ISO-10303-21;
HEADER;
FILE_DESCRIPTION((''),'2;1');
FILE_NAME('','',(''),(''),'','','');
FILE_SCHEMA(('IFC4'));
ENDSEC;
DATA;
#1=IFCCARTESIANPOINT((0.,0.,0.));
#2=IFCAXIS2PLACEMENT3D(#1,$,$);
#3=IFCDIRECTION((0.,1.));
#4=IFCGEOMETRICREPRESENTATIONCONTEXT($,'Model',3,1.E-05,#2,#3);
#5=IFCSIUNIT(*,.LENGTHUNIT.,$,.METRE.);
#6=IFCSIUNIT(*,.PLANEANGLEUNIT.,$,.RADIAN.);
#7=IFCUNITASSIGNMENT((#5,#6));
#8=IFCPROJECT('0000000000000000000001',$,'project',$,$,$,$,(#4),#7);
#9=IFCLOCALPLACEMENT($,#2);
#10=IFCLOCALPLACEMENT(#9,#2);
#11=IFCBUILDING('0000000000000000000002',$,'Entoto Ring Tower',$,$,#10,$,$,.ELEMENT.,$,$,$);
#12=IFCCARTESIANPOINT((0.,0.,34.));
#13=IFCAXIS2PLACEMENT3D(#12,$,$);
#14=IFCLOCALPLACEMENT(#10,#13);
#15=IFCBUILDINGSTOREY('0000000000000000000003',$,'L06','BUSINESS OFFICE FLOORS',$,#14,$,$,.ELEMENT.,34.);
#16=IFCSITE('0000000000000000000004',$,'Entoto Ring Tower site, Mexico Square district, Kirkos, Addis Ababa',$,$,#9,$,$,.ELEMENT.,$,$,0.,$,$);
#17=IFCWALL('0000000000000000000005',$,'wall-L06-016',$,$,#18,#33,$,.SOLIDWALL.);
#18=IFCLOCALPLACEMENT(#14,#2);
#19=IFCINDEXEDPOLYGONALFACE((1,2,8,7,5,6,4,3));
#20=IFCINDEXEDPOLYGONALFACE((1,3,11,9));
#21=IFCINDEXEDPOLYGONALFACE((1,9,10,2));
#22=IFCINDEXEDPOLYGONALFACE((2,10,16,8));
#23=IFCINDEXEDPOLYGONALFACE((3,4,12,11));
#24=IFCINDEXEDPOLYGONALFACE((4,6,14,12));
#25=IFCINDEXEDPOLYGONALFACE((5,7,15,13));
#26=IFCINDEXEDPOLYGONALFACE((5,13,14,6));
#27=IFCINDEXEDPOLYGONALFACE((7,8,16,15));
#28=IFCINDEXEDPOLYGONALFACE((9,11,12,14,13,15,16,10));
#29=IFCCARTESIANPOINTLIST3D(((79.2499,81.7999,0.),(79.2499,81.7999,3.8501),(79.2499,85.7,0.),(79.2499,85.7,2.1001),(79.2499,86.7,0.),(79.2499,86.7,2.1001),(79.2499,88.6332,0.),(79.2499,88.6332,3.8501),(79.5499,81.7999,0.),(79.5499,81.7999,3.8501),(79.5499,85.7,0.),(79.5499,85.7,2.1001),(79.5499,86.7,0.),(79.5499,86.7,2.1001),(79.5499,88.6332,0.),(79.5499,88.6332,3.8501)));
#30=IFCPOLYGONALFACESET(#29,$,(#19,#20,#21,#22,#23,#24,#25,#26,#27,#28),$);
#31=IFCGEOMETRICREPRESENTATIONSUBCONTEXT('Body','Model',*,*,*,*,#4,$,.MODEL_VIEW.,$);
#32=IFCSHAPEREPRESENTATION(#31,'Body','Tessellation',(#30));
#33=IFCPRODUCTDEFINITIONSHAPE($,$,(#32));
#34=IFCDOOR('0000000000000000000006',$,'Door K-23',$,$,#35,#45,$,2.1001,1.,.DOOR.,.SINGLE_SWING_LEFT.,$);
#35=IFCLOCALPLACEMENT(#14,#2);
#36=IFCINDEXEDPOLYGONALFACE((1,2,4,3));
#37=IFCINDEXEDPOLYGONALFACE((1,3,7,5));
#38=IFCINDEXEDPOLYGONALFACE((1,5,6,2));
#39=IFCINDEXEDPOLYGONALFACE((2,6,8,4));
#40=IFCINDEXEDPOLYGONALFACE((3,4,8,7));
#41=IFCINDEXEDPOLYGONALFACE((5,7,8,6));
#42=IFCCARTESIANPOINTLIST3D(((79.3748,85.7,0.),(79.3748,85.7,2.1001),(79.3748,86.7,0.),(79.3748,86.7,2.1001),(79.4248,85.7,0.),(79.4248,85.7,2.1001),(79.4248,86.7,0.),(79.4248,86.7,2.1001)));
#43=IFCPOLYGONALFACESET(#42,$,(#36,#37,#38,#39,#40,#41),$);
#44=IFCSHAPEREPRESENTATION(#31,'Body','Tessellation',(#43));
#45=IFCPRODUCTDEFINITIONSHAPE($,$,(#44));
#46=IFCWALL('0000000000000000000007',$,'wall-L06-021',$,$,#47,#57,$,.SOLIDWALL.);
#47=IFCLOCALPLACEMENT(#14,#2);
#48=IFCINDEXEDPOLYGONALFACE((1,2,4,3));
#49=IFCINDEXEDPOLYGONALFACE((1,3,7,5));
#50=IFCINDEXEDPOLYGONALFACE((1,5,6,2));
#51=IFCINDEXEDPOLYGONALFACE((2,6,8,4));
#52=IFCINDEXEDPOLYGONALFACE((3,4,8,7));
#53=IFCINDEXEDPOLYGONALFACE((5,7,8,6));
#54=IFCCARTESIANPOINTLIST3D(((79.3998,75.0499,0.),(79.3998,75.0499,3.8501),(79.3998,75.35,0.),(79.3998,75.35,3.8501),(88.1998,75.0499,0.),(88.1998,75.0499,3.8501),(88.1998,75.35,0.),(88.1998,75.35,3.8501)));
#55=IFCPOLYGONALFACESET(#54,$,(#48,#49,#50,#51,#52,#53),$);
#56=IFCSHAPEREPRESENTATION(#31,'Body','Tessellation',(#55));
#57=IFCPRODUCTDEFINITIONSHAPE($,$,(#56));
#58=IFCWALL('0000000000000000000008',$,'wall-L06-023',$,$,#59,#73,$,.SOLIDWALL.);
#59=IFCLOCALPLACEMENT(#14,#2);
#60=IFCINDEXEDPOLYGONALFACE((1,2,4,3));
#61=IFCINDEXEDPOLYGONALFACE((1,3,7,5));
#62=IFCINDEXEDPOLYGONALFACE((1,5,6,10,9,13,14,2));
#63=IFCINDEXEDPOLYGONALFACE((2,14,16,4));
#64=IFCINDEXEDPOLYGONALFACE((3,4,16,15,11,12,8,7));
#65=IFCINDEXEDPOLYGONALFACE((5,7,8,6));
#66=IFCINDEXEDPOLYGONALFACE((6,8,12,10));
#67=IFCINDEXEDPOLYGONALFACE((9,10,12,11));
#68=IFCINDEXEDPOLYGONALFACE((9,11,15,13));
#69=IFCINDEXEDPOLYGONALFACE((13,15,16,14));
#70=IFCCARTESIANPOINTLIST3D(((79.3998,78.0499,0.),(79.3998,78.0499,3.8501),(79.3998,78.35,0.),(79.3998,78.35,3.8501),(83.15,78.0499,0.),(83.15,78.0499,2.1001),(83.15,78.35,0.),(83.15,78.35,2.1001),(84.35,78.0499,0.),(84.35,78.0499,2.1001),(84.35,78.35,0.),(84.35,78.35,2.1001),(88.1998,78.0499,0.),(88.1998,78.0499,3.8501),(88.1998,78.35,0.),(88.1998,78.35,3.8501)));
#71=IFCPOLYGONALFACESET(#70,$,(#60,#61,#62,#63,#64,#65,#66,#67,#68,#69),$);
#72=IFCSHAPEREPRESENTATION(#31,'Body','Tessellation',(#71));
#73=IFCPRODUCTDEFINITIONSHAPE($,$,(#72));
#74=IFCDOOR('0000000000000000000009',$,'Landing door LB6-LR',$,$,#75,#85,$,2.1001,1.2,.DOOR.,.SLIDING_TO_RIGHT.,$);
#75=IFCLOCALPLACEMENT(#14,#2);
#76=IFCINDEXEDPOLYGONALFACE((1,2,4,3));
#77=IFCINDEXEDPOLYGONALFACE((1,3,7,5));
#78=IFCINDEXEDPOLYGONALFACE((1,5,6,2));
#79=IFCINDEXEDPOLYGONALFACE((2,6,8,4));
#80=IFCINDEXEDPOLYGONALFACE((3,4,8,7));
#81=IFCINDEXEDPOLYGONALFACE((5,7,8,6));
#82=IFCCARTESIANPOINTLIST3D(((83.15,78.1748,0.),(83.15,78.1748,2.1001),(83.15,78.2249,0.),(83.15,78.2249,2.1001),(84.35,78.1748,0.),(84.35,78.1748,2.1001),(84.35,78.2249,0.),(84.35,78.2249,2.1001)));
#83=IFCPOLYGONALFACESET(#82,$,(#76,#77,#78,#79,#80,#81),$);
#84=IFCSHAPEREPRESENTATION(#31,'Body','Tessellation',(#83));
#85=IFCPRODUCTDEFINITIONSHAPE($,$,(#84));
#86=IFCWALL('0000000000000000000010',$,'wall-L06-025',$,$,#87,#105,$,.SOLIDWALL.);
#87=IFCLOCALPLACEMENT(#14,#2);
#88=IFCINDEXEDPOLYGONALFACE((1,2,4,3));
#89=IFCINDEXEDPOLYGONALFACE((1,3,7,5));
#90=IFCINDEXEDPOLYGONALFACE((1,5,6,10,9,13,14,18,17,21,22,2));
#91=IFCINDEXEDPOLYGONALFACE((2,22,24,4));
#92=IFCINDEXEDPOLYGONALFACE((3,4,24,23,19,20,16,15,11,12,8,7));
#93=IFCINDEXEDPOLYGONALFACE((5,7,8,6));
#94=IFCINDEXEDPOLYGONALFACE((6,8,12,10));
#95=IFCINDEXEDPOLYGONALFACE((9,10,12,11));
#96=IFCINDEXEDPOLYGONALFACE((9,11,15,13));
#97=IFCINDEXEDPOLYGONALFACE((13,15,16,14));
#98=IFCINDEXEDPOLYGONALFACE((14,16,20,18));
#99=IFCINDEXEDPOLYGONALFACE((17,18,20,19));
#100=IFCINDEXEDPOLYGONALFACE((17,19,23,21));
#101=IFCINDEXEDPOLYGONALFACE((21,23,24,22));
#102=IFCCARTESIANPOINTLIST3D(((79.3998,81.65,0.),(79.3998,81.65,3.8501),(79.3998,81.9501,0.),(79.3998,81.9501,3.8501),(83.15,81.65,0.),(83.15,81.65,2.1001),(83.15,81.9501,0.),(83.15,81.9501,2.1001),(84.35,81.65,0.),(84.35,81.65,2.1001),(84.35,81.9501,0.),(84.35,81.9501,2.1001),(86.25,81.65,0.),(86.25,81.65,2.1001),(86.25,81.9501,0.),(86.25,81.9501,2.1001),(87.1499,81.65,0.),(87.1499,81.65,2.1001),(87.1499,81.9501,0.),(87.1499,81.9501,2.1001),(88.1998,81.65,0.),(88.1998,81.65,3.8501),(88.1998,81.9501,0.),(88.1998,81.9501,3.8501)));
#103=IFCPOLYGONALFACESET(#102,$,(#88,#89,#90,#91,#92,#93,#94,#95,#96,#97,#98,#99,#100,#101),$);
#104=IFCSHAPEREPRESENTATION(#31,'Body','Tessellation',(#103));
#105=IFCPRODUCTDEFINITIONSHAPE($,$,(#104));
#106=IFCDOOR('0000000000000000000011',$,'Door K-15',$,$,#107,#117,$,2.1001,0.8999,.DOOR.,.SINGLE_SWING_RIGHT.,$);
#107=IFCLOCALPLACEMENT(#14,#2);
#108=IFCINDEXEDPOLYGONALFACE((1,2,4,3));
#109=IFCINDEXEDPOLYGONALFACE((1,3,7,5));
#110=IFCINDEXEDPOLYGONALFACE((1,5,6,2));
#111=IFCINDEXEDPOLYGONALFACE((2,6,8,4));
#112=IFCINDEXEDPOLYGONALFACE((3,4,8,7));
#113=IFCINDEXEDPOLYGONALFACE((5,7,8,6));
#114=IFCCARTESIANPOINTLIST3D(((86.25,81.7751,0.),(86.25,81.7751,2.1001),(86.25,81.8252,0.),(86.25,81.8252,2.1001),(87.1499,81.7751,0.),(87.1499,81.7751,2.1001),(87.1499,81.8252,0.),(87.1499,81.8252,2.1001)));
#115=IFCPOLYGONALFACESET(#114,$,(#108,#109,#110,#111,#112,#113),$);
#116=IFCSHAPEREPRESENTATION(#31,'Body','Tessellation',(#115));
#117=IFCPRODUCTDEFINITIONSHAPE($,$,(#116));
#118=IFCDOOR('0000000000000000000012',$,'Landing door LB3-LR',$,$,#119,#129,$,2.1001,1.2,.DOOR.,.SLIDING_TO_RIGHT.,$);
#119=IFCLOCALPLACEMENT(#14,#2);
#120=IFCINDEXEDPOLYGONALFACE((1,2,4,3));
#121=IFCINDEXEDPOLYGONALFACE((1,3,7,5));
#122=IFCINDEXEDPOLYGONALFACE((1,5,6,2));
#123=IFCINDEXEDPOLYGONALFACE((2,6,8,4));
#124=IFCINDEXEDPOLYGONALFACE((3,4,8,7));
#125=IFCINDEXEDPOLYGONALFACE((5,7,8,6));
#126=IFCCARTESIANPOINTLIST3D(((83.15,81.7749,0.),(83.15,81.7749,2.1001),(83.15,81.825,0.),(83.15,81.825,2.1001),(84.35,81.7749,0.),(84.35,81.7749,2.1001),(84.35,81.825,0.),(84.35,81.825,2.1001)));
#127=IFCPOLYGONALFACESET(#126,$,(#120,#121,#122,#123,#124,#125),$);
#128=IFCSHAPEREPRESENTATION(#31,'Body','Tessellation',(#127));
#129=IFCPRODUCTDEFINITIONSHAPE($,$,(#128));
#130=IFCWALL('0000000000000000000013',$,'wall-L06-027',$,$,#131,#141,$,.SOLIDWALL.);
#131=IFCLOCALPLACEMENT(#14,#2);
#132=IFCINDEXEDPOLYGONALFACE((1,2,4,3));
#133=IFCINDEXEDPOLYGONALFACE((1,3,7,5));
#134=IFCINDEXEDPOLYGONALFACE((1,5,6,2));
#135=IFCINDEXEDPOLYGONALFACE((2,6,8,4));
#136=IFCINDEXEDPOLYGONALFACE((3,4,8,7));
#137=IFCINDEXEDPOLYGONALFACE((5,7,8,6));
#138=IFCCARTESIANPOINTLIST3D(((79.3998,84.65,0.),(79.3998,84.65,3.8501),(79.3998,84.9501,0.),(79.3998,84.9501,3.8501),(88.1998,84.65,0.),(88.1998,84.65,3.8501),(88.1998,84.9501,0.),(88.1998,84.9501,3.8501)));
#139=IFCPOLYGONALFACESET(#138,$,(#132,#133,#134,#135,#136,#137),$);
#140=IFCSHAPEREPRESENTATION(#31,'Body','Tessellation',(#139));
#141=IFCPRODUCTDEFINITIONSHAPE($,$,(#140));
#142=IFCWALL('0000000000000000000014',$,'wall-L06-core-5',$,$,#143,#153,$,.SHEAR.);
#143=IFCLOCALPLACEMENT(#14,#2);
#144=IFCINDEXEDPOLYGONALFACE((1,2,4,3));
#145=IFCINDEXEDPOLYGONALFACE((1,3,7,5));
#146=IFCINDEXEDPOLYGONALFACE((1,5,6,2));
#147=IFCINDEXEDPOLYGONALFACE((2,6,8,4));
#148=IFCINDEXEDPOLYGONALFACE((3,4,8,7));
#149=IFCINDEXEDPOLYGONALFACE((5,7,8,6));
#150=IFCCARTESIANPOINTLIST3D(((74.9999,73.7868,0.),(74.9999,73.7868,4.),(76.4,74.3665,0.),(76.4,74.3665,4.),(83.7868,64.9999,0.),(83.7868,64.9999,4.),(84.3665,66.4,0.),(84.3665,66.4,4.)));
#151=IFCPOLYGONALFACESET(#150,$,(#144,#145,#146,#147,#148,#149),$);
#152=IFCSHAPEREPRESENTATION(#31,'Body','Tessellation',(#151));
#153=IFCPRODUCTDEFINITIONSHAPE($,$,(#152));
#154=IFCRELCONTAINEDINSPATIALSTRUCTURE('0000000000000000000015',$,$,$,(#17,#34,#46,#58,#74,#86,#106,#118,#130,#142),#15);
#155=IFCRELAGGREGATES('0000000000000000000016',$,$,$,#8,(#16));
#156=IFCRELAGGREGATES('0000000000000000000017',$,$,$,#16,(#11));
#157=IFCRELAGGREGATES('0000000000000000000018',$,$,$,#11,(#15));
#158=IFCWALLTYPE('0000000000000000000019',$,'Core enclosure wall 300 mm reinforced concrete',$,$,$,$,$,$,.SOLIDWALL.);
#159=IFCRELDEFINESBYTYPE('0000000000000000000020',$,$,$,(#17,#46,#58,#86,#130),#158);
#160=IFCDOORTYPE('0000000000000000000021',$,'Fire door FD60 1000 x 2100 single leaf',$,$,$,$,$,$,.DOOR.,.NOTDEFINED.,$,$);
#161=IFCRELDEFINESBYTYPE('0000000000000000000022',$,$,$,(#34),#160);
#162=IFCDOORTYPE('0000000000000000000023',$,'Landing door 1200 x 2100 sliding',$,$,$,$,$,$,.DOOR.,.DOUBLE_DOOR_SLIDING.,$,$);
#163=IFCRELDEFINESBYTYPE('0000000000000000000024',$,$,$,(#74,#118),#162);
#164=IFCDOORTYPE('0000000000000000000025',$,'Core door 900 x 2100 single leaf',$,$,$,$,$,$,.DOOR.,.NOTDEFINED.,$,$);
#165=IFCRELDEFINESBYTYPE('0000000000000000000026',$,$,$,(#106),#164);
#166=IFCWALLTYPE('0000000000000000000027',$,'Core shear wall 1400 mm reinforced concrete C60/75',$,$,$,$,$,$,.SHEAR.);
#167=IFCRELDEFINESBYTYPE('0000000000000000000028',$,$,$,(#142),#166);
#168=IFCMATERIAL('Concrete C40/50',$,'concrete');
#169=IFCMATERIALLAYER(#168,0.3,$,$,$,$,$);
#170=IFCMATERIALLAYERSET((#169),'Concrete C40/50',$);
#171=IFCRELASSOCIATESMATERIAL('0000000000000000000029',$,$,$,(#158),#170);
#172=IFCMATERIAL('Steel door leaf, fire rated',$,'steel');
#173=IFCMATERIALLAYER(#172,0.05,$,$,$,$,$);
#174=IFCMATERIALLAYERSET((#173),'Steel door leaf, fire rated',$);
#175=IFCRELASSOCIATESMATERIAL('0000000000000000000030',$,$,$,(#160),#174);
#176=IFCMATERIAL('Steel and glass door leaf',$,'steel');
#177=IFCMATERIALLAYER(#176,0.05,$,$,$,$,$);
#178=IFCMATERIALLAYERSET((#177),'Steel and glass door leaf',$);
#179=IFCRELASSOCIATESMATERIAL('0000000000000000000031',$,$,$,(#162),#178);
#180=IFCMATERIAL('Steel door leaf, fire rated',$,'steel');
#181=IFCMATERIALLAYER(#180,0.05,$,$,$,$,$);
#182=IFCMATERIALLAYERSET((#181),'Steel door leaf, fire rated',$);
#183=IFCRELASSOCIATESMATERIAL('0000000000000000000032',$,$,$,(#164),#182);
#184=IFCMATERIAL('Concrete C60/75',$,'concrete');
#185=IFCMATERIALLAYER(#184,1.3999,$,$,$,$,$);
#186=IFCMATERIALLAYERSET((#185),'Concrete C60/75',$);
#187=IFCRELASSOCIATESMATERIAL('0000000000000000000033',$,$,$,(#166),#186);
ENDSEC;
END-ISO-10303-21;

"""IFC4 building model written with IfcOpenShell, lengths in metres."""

from ifc_helpers import new_model, si_unit, direction, frame, frame_2d, origin, place, context, subcontext, project, spatial, polyline, rectangle, outline, extrude, material, layer, layer_set, type_object, element, fill, save


model = new_model("IFC4")

# Units and contexts
model_context = context("Model", 3, precision=1e-05, world=origin(), true_north=direction((0.0, 1.0)))
body_context = subcontext(model_context, "Body", "Model", "MODEL_VIEW")
ifc_project = project(units=[si_unit("LENGTHUNIT", "METRE"), si_unit("PLANEANGLEUNIT", "RADIAN")], contexts=[model_context])

# Site, building, storey
site_placement = place(None, origin())
site = spatial("IfcSite", under=ifc_project, at=site_placement, Name="Entoto Ring Tower site, Mexico Square district, Kirkos, Addis Ababa", CompositionType="ELEMENT", RefElevation=0.0)
building_placement = place(site_placement, origin())
building = spatial("IfcBuilding", under=site, at=building_placement, Name="Entoto Ring Tower", CompositionType="ELEMENT")
storey_placement = place(building_placement, frame((0.0, 0.0, 34.0)))
storey = spatial("IfcBuildingStorey", under=building, at=storey_placement, Name="L06", Description="BUSINESS OFFICE FLOORS", CompositionType="ELEMENT", Elevation=34.0)

# Shared definitions
ifc_material_1 = material(Name="Concrete C40/50", Category="concrete")
ifc_layer_1 = layer(ifc_material_1, 0.3)
ifc_layer_set_1 = layer_set([ifc_layer_1], Name="Concrete C40/50")
wall_type_1 = type_object("IfcWallType", Name="Core enclosure wall 300 mm reinforced concrete", PredefinedType="SOLIDWALL", material=ifc_layer_set_1)

# Wall, opening, door
wall_1_placement = place(storey_placement, frame((79.3999, 81.8, 0.0), z_axis=(0.0, 0.0, 1.0), x_axis=(0.0, 1.0, 0.0)))
wall_1 = element("IfcWall", 1, at=wall_1_placement, inside=storey, type_object=wall_type_1, Name="wall-L06-016", PredefinedType="SOLIDWALL", context=body_context, shape_type="SweptSolid", body=[
    extrude(rectangle(XDim=6.8333, YDim=0.3, at=frame_2d((3.4165, 0.0))), origin(), (0.0, 0.0, 1.0), 3.8501),
])
opening_1_placement = place(wall_1_placement, frame((3.8999, 0.0, 0.0)))
opening_1 = element("IfcOpeningElement", 2, at=opening_1_placement, cuts=wall_1, PredefinedType="OPENING", context=body_context, shape_type="SweptSolid", body=[
    extrude(rectangle(XDim=1.0, YDim=2.1001, at=frame_2d((0.5, 1.05))), frame((0.0, 0.1602, 0.0), z_axis=(0.0, -1.0, 0.0), x_axis=(1.0, 0.0, 0.0)), (0.0, 0.0, 1.0), 0.3201),
])
ifc_material_2 = material(Name="Steel door leaf, fire rated", Category="steel")
ifc_layer_2 = layer(ifc_material_2, 0.05)
ifc_layer_set_2 = layer_set([ifc_layer_2], Name="Steel door leaf, fire rated")
door_type_1 = type_object("IfcDoorType", Name="Fire door FD60 1000 x 2100 single leaf", OperationType="NOTDEFINED", PredefinedType="DOOR", material=ifc_layer_set_2)
door_1_placement = place(opening_1_placement, frame((1.0, 0.0, 0.0), z_axis=(0.0, 0.0, 1.0), x_axis=(-1.0, 0.0, 0.0)))
door_1 = element("IfcDoor", 3, at=door_1_placement, inside=storey, type_object=door_type_1, Name="Door K-23", OperationType="SINGLE_SWING_LEFT", OverallHeight=2.1001, OverallWidth=1.0, PredefinedType="DOOR", context=body_context, shape_type="SweptSolid", body=[
    extrude(rectangle(XDim=1.0, YDim=2.1001, at=frame_2d((0.5, 1.05))), frame((0.0, 0.0249, 0.0), z_axis=(0.0, -1.0, 0.0), x_axis=(1.0, 0.0, 0.0)), (0.0, 0.0, 1.0), 0.05),
])
fill(opening_1, door_1)

# Wall
wall_2_placement = place(storey_placement, frame((79.3999, 75.2, 0.0), z_axis=(0.0, 0.0, 1.0), x_axis=(1.0, 0.0, 0.0)))
element("IfcWall", 4, at=wall_2_placement, inside=storey, type_object=wall_type_1, Name="wall-L06-021", PredefinedType="SOLIDWALL", context=body_context, shape_type="SweptSolid", body=[
    extrude(rectangle(XDim=8.8, YDim=0.3, at=frame_2d((4.3999, 0.0))), origin(), (0.0, 0.0, 1.0), 3.8501),
])

# Wall, opening, door
wall_3_placement = place(storey_placement, frame((79.3999, 78.2, 0.0), z_axis=(0.0, 0.0, 1.0), x_axis=(1.0, 0.0, 0.0)))
wall_3 = element("IfcWall", 5, at=wall_3_placement, inside=storey, type_object=wall_type_1, Name="wall-L06-023", PredefinedType="SOLIDWALL", context=body_context, shape_type="SweptSolid", body=[
    extrude(rectangle(XDim=8.8, YDim=0.3, at=frame_2d((4.3999, 0.0))), origin(), (0.0, 0.0, 1.0), 3.8501),
])
opening_2_placement = place(wall_3_placement, frame((3.75, 0.0, 0.0)))
opening_2 = element("IfcOpeningElement", 6, at=opening_2_placement, cuts=wall_3, PredefinedType="OPENING", context=body_context, shape_type="SweptSolid", body=[
    extrude(rectangle(XDim=1.2, YDim=2.1001, at=frame_2d((0.6001, 1.05))), frame((0.0, 0.1602, 0.0), z_axis=(0.0, -1.0, 0.0), x_axis=(1.0, 0.0, 0.0)), (0.0, 0.0, 1.0), 0.3201),
])
ifc_material_3 = material(Name="Steel and glass door leaf", Category="steel")
ifc_layer_3 = layer(ifc_material_3, 0.05)
ifc_layer_set_3 = layer_set([ifc_layer_3], Name="Steel and glass door leaf")
door_type_2 = type_object("IfcDoorType", Name="Landing door 1200 x 2100 sliding", OperationType="DOUBLE_DOOR_SLIDING", PredefinedType="DOOR", material=ifc_layer_set_3)
door_2_placement = place(opening_2_placement, origin())
door_2 = element("IfcDoor", 7, at=door_2_placement, inside=storey, type_object=door_type_2, Name="Landing door LB6-LR", OperationType="SLIDING_TO_RIGHT", OverallHeight=2.1001, OverallWidth=1.2, PredefinedType="DOOR", context=body_context, shape_type="SweptSolid", body=[
    extrude(rectangle(XDim=1.2, YDim=2.1001, at=frame_2d((0.6001, 1.05))), frame((0.0, 0.0249, 0.0), z_axis=(0.0, -1.0, 0.0), x_axis=(1.0, 0.0, 0.0)), (0.0, 0.0, 1.0), 0.05),
])
fill(opening_2, door_2)

# Wall, openings, doors
wall_4_placement = place(storey_placement, frame((79.3999, 81.8, 0.0), z_axis=(0.0, 0.0, 1.0), x_axis=(1.0, 0.0, 0.0)))
wall_4 = element("IfcWall", 8, at=wall_4_placement, inside=storey, type_object=wall_type_1, Name="wall-L06-025", PredefinedType="SOLIDWALL", context=body_context, shape_type="SweptSolid", body=[
    extrude(rectangle(XDim=8.8, YDim=0.3, at=frame_2d((4.3999, 0.0))), origin(), (0.0, 0.0, 1.0), 3.8501),
])
opening_3_placement = place(wall_4_placement, frame((3.75, 0.0, 0.0)))
opening_3 = element("IfcOpeningElement", 9, at=opening_3_placement, cuts=wall_4, PredefinedType="OPENING", context=body_context, shape_type="SweptSolid", body=[
    extrude(rectangle(XDim=1.2, YDim=2.1001, at=frame_2d((0.6001, 1.05))), frame((0.0, 0.1602, 0.0), z_axis=(0.0, -1.0, 0.0), x_axis=(1.0, 0.0, 0.0)), (0.0, 0.0, 1.0), 0.3201),
])
opening_4_placement = place(wall_4_placement, frame((6.8501, 0.0, 0.0)))
opening_4 = element("IfcOpeningElement", 10, at=opening_4_placement, cuts=wall_4, PredefinedType="OPENING", context=body_context, shape_type="SweptSolid", body=[
    extrude(rectangle(XDim=0.8999, YDim=2.1001, at=frame_2d((0.45, 1.05))), frame((0.0, 0.1602, 0.0), z_axis=(0.0, -1.0, 0.0), x_axis=(1.0, 0.0, 0.0)), (0.0, 0.0, 1.0), 0.3201),
])
ifc_material_4 = material(Name="Steel door leaf, fire rated", Category="steel")
ifc_layer_4 = layer(ifc_material_4, 0.05)
ifc_layer_set_4 = layer_set([ifc_layer_4], Name="Steel door leaf, fire rated")
door_type_3 = type_object("IfcDoorType", Name="Core door 900 x 2100 single leaf", OperationType="NOTDEFINED", PredefinedType="DOOR", material=ifc_layer_set_4)
door_3_placement = place(opening_4_placement, frame((0.8999, 0.0, 0.0), z_axis=(0.0, 0.0, 1.0), x_axis=(-1.0, 0.0, 0.0)))
door_3 = element("IfcDoor", 11, at=door_3_placement, inside=storey, type_object=door_type_3, Name="Door K-15", OperationType="SINGLE_SWING_RIGHT", OverallHeight=2.1001, OverallWidth=0.8999, PredefinedType="DOOR", context=body_context, shape_type="SweptSolid", body=[
    extrude(rectangle(XDim=0.8999, YDim=2.1001, at=frame_2d((0.45, 1.05))), frame((0.0, 0.0249, 0.0), z_axis=(0.0, -1.0, 0.0), x_axis=(1.0, 0.0, 0.0)), (0.0, 0.0, 1.0), 0.05),
])
fill(opening_4, door_3)
door_4_placement = place(opening_3_placement, origin())
door_4 = element("IfcDoor", 12, at=door_4_placement, inside=storey, type_object=door_type_2, Name="Landing door LB3-LR", OperationType="SLIDING_TO_RIGHT", OverallHeight=2.1001, OverallWidth=1.2, PredefinedType="DOOR", context=body_context, shape_type="SweptSolid", body=[
    extrude(rectangle(XDim=1.2, YDim=2.1001, at=frame_2d((0.6001, 1.05))), frame((0.0, 0.0249, 0.0), z_axis=(0.0, -1.0, 0.0), x_axis=(1.0, 0.0, 0.0)), (0.0, 0.0, 1.0), 0.05),
])
fill(opening_3, door_4)

# Walls
wall_5_placement = place(storey_placement, frame((79.3999, 84.8, 0.0), z_axis=(0.0, 0.0, 1.0), x_axis=(1.0, 0.0, 0.0)))
element("IfcWall", 13, at=wall_5_placement, inside=storey, type_object=wall_type_1, Name="wall-L06-027", PredefinedType="SOLIDWALL", context=body_context, shape_type="SweptSolid", body=[
    extrude(rectangle(XDim=8.8, YDim=0.3, at=frame_2d((4.3999, 0.0))), origin(), (0.0, 0.0, 1.0), 3.8501),
])
ifc_material_5 = material(Name="Concrete C60/75", Category="concrete")
ifc_layer_5 = layer(ifc_material_5, 1.3999)
ifc_layer_set_5 = layer_set([ifc_layer_5], Name="Concrete C60/75")
wall_type_2 = type_object("IfcWallType", Name="Core shear wall 1400 mm reinforced concrete C60/75", PredefinedType="SHEAR", material=ifc_layer_set_5)
wall_6_placement = place(storey_placement, frame((75.7, 74.0767, 0.0), z_axis=(0.0, 0.0, 1.0), x_axis=(0.707107, -0.707107, 0.0)))
element("IfcWall", 14, at=wall_6_placement, inside=storey, type_object=wall_type_2, Name="wall-L06-core-5", PredefinedType="SHEAR", context=body_context, shape_type="SweptSolid", body=[
    extrude(outline(polyline([(-0.29, -0.7), (12.1365, -0.7), (11.5564, 0.7), (0.29, 0.7), (-0.29, -0.7)])), origin(), (0.0, 0.0, 1.0), 4.0),
])

save(model, "model.ifc")
